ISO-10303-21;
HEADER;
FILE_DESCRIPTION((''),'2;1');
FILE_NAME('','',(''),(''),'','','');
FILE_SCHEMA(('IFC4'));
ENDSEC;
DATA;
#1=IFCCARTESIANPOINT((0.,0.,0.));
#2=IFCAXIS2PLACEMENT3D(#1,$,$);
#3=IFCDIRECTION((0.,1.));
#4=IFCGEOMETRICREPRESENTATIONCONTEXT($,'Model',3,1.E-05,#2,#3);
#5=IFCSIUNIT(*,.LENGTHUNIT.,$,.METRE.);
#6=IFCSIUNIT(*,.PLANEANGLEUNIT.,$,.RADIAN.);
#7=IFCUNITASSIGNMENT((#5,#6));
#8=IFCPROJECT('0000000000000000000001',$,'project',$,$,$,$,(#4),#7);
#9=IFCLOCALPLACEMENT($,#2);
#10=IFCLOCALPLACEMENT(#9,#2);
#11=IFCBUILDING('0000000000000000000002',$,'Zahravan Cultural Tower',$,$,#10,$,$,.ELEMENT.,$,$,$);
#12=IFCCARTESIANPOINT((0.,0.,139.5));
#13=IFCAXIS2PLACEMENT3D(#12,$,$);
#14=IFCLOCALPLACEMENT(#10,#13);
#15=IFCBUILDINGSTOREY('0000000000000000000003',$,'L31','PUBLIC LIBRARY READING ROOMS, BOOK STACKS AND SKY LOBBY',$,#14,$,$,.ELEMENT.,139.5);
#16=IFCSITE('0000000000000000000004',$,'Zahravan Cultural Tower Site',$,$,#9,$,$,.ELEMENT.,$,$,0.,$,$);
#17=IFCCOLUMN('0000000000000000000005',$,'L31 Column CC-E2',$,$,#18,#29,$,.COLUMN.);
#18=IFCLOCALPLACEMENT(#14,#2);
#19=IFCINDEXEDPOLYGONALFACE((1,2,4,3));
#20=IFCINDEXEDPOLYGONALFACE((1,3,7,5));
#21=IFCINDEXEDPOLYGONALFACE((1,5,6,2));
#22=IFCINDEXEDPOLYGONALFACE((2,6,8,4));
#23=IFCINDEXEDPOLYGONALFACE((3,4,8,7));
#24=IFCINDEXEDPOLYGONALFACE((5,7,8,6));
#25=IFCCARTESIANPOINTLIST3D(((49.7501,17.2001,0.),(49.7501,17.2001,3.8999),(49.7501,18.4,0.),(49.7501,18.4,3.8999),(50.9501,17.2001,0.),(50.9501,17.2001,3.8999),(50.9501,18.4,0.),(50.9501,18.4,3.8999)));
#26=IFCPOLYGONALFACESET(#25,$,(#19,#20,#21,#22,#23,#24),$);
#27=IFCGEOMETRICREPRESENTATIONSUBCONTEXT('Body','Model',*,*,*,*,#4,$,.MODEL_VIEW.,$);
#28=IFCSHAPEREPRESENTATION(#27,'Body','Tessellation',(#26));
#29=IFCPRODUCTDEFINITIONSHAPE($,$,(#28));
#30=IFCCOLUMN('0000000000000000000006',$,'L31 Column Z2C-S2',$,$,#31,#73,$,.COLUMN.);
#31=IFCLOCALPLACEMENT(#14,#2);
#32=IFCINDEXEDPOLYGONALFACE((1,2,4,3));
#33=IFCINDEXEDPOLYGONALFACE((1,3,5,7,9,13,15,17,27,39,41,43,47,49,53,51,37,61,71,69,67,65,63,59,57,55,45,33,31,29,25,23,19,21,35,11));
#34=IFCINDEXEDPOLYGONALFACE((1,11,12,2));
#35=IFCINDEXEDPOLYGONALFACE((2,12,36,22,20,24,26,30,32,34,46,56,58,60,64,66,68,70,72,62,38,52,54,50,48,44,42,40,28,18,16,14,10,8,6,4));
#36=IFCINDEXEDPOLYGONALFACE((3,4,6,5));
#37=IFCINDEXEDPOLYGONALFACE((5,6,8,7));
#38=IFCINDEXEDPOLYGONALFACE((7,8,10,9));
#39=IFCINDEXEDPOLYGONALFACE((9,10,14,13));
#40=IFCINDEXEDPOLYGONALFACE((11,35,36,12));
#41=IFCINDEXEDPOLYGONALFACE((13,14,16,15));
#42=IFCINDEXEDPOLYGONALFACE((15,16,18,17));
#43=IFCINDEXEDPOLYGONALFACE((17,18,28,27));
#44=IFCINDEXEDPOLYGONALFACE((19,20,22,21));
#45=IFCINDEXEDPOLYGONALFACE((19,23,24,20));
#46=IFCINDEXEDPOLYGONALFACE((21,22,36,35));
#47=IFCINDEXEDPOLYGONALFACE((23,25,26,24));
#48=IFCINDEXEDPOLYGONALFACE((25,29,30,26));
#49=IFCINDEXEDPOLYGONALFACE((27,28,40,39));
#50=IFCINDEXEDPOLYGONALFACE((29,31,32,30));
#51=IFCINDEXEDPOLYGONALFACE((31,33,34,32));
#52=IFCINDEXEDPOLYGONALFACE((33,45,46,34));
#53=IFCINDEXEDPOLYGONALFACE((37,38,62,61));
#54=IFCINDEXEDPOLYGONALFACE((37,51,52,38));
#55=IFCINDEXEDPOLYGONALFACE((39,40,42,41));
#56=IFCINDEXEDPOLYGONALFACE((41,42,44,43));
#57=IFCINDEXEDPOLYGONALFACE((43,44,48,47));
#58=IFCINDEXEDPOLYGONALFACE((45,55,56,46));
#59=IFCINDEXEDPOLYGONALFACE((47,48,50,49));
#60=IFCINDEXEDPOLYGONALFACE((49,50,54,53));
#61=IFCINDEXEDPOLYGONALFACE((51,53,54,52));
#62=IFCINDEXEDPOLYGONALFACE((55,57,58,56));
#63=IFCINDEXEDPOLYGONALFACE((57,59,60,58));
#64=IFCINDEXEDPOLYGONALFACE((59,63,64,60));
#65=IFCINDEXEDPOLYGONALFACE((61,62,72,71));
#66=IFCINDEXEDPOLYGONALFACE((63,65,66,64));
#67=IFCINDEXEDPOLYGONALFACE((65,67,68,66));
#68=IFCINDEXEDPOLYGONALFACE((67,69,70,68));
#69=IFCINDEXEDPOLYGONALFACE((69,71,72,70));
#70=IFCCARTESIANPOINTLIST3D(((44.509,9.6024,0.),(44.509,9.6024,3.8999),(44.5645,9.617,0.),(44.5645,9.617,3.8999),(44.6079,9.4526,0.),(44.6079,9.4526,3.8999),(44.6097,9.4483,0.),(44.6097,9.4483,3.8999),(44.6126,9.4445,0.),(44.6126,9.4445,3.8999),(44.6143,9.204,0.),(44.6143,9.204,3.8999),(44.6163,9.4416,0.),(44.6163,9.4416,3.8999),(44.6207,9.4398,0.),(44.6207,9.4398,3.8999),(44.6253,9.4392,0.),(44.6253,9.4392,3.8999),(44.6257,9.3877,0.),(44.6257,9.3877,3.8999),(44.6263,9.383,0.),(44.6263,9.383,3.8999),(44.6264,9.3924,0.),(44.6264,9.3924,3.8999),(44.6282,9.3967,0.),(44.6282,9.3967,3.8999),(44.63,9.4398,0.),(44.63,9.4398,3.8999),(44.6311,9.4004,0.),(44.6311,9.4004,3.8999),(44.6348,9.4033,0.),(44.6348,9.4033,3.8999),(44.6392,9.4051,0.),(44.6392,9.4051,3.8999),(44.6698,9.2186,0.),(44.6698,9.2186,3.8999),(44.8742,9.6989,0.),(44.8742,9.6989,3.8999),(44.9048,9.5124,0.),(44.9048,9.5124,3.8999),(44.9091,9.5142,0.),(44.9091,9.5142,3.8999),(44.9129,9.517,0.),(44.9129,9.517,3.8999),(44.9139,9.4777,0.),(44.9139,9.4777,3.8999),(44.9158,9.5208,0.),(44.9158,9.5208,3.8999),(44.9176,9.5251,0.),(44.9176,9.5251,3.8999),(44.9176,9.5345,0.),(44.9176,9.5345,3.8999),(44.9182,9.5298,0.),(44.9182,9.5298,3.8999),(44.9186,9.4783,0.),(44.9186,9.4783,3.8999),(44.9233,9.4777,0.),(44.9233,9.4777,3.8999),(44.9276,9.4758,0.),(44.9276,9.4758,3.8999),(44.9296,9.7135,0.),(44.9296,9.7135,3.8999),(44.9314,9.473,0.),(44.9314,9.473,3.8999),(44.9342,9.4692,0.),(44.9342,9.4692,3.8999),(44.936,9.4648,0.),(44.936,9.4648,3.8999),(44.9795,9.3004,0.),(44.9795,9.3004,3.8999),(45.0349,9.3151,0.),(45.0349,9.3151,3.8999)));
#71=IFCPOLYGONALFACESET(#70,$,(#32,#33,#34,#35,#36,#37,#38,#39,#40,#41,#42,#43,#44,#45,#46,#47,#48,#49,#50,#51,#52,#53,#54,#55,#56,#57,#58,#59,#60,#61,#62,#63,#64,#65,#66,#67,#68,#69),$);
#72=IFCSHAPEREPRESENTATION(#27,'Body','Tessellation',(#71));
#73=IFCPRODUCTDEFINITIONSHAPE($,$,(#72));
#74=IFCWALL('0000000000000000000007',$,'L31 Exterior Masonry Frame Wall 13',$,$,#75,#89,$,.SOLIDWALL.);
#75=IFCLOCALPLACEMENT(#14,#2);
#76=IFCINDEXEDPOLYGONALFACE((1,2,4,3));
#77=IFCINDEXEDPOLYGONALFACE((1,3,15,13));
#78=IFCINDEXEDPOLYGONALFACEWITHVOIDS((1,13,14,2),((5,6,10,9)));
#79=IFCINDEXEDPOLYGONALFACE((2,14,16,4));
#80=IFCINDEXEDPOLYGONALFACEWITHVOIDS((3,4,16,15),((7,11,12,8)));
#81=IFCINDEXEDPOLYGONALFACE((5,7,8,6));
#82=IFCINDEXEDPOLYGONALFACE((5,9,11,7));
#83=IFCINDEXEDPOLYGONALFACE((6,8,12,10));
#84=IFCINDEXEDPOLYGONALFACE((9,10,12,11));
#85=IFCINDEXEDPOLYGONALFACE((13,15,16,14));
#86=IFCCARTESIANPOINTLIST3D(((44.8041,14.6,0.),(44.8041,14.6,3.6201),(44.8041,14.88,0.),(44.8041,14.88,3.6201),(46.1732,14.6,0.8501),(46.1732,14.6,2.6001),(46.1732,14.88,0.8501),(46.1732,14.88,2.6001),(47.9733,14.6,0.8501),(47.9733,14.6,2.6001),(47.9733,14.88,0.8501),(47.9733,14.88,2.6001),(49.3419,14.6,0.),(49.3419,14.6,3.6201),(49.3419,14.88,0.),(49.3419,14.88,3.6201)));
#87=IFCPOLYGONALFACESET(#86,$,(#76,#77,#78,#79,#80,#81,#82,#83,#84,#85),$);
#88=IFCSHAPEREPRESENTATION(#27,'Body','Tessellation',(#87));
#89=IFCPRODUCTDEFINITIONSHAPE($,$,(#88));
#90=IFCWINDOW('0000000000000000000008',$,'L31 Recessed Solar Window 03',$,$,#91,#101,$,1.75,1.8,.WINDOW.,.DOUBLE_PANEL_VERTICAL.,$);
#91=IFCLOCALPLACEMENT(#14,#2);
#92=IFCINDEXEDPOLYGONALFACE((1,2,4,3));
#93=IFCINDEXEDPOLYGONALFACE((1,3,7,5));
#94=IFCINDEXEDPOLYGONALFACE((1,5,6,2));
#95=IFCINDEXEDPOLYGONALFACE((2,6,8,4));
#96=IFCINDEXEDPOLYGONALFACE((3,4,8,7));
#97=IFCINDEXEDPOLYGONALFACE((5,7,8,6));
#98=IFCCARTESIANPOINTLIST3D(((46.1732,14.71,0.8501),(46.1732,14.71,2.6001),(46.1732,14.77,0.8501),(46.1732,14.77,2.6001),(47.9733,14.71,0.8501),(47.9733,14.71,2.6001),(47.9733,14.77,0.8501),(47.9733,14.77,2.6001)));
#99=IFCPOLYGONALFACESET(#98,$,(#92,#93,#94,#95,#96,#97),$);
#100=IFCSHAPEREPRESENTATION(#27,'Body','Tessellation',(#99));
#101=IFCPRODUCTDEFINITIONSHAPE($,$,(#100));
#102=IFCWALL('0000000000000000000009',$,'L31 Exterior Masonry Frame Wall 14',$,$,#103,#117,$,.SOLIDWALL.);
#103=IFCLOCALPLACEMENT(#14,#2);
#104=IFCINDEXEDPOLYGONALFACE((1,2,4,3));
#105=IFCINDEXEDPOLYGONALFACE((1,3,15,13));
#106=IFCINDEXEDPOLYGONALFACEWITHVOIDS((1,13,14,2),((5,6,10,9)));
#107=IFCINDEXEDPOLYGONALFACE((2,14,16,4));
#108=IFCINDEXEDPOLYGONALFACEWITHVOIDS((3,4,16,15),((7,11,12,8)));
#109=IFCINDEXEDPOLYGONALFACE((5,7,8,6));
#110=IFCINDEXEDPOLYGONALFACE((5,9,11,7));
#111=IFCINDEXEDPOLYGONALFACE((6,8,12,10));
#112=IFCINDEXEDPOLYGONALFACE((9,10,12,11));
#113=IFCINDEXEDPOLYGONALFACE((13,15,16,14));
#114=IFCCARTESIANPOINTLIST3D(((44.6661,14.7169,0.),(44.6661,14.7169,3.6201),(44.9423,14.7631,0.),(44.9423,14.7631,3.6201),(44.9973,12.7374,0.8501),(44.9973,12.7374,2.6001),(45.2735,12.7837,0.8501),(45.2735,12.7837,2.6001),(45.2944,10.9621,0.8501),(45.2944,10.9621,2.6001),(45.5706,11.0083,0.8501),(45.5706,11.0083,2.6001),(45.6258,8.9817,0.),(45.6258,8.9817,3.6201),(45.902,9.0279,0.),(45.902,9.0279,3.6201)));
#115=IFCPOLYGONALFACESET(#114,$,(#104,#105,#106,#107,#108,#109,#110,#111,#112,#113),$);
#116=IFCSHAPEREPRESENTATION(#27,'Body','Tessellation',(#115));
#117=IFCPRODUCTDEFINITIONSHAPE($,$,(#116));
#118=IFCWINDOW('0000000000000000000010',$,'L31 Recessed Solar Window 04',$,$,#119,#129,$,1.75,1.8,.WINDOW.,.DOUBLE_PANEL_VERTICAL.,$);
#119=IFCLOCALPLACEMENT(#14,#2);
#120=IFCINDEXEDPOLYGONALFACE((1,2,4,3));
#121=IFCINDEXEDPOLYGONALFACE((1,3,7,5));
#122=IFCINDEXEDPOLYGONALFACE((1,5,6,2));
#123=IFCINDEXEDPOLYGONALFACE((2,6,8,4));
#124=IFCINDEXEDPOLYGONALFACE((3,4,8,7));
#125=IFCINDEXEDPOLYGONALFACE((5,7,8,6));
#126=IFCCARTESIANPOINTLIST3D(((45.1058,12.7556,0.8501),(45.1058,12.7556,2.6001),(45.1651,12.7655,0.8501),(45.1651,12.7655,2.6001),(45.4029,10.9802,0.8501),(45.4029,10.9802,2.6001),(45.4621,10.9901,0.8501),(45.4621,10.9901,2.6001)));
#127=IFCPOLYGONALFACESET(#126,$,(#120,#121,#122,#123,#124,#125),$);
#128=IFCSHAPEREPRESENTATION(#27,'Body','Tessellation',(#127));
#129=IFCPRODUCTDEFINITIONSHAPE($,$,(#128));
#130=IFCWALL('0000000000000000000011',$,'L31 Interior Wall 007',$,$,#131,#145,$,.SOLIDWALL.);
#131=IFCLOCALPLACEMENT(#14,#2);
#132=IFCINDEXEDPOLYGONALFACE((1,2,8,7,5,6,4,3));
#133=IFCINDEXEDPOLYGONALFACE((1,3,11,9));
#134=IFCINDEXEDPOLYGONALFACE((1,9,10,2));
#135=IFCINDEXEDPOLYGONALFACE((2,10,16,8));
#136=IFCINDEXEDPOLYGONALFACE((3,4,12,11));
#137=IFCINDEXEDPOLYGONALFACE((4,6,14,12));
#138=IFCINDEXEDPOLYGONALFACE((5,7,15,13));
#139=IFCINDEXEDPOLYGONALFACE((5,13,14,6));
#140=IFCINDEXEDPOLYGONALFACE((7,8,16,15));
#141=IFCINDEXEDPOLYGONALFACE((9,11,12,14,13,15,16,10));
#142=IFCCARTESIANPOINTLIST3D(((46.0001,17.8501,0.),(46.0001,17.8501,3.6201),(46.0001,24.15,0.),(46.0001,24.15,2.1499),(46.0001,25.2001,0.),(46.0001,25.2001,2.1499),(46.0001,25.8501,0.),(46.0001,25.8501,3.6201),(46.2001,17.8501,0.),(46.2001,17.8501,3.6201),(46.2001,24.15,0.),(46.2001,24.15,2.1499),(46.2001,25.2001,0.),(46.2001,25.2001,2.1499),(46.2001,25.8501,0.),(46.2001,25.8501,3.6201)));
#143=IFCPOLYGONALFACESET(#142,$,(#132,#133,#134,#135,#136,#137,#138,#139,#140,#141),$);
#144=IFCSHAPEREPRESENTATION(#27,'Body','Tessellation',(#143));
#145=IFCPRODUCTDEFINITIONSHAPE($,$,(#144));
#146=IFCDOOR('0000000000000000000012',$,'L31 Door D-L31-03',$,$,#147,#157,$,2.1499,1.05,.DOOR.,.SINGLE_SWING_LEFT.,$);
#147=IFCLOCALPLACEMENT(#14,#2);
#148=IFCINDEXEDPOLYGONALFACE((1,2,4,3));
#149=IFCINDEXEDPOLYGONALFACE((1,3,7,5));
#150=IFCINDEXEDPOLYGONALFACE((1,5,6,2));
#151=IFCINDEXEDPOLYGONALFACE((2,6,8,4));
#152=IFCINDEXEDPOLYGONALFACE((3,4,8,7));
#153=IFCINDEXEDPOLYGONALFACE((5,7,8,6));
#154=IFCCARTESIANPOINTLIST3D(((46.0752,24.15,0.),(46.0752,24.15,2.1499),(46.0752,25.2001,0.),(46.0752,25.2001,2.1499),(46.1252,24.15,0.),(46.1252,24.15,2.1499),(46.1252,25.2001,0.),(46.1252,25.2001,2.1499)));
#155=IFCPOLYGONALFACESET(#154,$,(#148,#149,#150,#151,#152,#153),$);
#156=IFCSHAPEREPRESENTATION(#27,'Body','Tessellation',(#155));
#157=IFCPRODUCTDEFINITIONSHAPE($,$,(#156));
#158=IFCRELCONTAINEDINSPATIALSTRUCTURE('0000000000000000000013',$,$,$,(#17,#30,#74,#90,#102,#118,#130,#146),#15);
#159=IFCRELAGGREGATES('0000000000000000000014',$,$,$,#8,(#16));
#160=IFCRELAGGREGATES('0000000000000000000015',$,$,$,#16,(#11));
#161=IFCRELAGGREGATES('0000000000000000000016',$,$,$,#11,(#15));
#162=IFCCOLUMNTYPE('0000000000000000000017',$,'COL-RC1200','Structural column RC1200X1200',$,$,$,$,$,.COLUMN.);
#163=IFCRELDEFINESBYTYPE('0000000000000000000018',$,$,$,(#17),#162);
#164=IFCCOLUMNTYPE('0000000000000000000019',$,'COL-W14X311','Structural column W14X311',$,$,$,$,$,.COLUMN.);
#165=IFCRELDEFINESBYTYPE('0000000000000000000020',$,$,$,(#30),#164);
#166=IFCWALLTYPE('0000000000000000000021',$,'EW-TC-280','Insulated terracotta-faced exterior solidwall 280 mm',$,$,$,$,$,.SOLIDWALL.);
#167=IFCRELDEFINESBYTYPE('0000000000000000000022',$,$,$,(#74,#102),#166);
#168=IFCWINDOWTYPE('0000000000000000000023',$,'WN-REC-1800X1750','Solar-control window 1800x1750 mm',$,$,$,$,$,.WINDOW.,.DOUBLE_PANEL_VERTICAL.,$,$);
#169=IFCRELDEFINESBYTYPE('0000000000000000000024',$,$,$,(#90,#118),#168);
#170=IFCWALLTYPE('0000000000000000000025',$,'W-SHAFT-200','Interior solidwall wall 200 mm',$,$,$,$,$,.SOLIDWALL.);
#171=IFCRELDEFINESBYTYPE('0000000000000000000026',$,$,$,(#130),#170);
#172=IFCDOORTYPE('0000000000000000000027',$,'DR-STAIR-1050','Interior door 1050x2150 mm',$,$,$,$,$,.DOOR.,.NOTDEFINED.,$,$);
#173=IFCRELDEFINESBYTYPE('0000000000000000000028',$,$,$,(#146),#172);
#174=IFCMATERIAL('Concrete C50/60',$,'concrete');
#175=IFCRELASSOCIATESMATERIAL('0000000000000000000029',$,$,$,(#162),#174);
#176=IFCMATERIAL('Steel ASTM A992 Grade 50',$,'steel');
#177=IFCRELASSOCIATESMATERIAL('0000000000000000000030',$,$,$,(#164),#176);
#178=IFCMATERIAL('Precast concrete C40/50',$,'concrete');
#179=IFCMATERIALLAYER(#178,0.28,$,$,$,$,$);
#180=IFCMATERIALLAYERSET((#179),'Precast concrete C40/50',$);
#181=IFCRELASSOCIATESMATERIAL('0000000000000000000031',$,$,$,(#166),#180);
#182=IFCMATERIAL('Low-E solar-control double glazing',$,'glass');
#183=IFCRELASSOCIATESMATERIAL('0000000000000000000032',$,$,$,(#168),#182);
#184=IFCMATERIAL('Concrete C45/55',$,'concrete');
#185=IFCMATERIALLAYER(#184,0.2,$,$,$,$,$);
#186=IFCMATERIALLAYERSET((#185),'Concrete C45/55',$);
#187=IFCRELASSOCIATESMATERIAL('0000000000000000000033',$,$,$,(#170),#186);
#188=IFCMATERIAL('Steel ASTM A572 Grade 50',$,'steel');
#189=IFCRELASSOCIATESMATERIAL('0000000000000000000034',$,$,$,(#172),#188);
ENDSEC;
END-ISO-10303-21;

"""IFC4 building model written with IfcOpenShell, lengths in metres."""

from ifc_helpers import new_model, si_unit, direction, frame, frame_2d, origin, origin_2d, place, context, subcontext, project, spatial, rectangle, i_section, extrude, source, transform, mapped, material, layer, layer_set, material_profile, profile_set, type_object, element, fill, save


model = new_model("IFC4")

# Units and contexts
model_context = context("Model", 3, precision=1e-05, world=origin(), true_north=direction((0.0, 1.0)))
body_context = subcontext(model_context, "Body", "Model", "MODEL_VIEW")
ifc_project = project(units=[si_unit("LENGTHUNIT", "METRE"), si_unit("PLANEANGLEUNIT", "RADIAN")], contexts=[model_context])

# Site, building, storey
site_placement = place(None, origin())
site = spatial("IfcSite", under=ifc_project, at=site_placement, Name="Zahravan Cultural Tower Site", CompositionType="ELEMENT", RefElevation=0.0)
building_placement = place(site_placement, origin())
building = spatial("IfcBuilding", under=site, at=building_placement, Name="Zahravan Cultural Tower", CompositionType="ELEMENT")
storey_placement = place(building_placement, frame((0.0, 0.0, 139.5)))
storey = spatial("IfcBuildingStorey", under=building, at=storey_placement, Name="L31", Description="PUBLIC LIBRARY READING ROOMS, BOOK STACKS AND SKY LOBBY", CompositionType="ELEMENT", Elevation=139.5)

# Columns
ifc_material_1 = material(Name="Concrete C50/60", Category="concrete")
ifc_material_profile_1 = material_profile(ifc_material_1, rectangle(XDim=1.2, YDim=1.2, at=origin_2d()), Name="RC1200X1200")
ifc_profile_set_1 = profile_set([ifc_material_profile_1], Name="Concrete C50/60")
column_type_1 = type_object("IfcColumnType", Name="COL-RC1200", Description="Structural column RC1200X1200", PredefinedType="COLUMN", material=ifc_profile_set_1)
shared_shape_1 = source(origin(), body_context, "Body", "SweptSolid", [
    extrude(rectangle(XDim=1.2, YDim=1.2, at=origin_2d()), origin(), (0.0, 0.0, 1.0), 3.8999),
])
column_1_placement = place(storey_placement, frame((50.3501, 17.8, 0.0), z_axis=(0.0, 0.0, 1.0), x_axis=(1.0, 0.0, 0.0)))
element("IfcColumn", 1, at=column_1_placement, inside=storey, type_object=column_type_1, Name="L31 Column CC-E2", PredefinedType="COLUMN", context=body_context, shape_type="MappedRepresentation", body=[
    mapped(shared_shape_1, transform((0.0, 0.0, 0.0), x_axis=(1.0, 0.0, 0.0), y_axis=(0.0, 1.0, 0.0), z_axis=(0.0, 0.0, 1.0), scale=1.0)),
])
ifc_material_2 = material(Name="Steel ASTM A992 Grade 50", Category="steel")
ifc_material_profile_2 = material_profile(ifc_material_2, i_section(OverallWidth=0.4121, OverallDepth=0.4351, WebThickness=0.0359, FlangeThickness=0.0574, FilletRadius=0.0181, at=origin_2d()), Name="W14X311")
ifc_profile_set_2 = profile_set([ifc_material_profile_2], Name="Steel ASTM A992 Grade 50")
column_type_2 = type_object("IfcColumnType", Name="COL-W14X311", Description="Structural column W14X311", PredefinedType="COLUMN", material=ifc_profile_set_2)
shared_shape_2 = source(origin(), body_context, "Body", "SweptSolid", [
    extrude(i_section(OverallWidth=0.4121, OverallDepth=0.4351, WebThickness=0.0359, FlangeThickness=0.0574, FilletRadius=0.0181, at=origin_2d()), origin(), (0.0, 0.0, 1.0), 3.8999),
])
column_2_placement = place(storey_placement, frame((44.772, 9.4587, 0.0), z_axis=(0.0, 0.0, 1.0), x_axis=(-0.255446, 0.966823, 0.0)))
element("IfcColumn", 2, at=column_2_placement, inside=storey, type_object=column_type_2, Name="L31 Column Z2C-S2", PredefinedType="COLUMN", context=body_context, shape_type="MappedRepresentation", body=[
    mapped(shared_shape_2, transform((0.0, 0.0, 0.0), x_axis=(1.0, 0.0, 0.0), y_axis=(0.0, 1.0, 0.0), z_axis=(0.0, 0.0, 1.0), scale=1.0)),
])

# Walls, openings, windows
ifc_material_3 = material(Name="Precast concrete C40/50", Category="concrete")
ifc_layer_1 = layer(ifc_material_3, 0.28)
ifc_layer_set_1 = layer_set([ifc_layer_1], Name="Precast concrete C40/50")
wall_type_1 = type_object("IfcWallType", Name="EW-TC-280", Description="Insulated terracotta-faced exterior solidwall 280 mm", PredefinedType="SOLIDWALL", material=ifc_layer_set_1)
wall_1_placement = place(storey_placement, frame((49.342, 14.74, 0.0), z_axis=(0.0, 0.0, 1.0), x_axis=(-1.0, 0.0, 0.0)))
wall_1 = element("IfcWall", 3, at=wall_1_placement, inside=storey, type_object=wall_type_1, Name="L31 Exterior Masonry Frame Wall 13", PredefinedType="SOLIDWALL", context=body_context, shape_type="SweptSolid", body=[
    extrude(rectangle(XDim=4.5378, YDim=0.28, at=frame_2d((2.269, 0.0))), origin(), (0.0, 0.0, 1.0), 3.6201),
])
opening_1_placement = place(wall_1_placement, frame((1.3689, 0.0, 0.8501)))
opening_1 = element("IfcOpeningElement", 4, at=opening_1_placement, cuts=wall_1, PredefinedType="OPENING", context=body_context, shape_type="SweptSolid", body=[
    extrude(rectangle(XDim=1.8, YDim=1.75, at=frame_2d((0.8999, 0.875))), frame((0.0, 0.1499, 0.0), z_axis=(0.0, -1.0, 0.0), x_axis=(1.0, 0.0, 0.0)), (0.0, 0.0, 1.0), 0.3),
])
ifc_material_4 = material(Name="Low-E solar-control double glazing", Category="glass")
window_type = type_object("IfcWindowType", Name="WN-REC-1800X1750", Description="Solar-control window 1800x1750 mm", PartitioningType="DOUBLE_PANEL_VERTICAL", PredefinedType="WINDOW", material=ifc_material_4)
shared_shape_3 = source(origin(), body_context, "Body", "SweptSolid", [
    extrude(rectangle(XDim=1.8, YDim=1.75, at=frame_2d((0.8999, 0.875))), frame((0.0, 0.03, 0.0), z_axis=(0.0, -1.0, 0.0), x_axis=(1.0, 0.0, 0.0)), (0.0, 0.0, 1.0), 0.0601),
])
window_1_placement = place(opening_1_placement, origin())
window_1 = element("IfcWindow", 5, at=window_1_placement, inside=storey, type_object=window_type, Name="L31 Recessed Solar Window 03", OverallHeight=1.75, OverallWidth=1.8, PartitioningType="DOUBLE_PANEL_VERTICAL", PredefinedType="WINDOW", context=body_context, shape_type="MappedRepresentation", body=[
    mapped(shared_shape_3, transform((0.0, 0.0, 0.0), x_axis=(1.0, 0.0, 0.0), y_axis=(0.0, 1.0, 0.0), z_axis=(0.0, 0.0, 1.0), scale=1.0)),
])
fill(opening_1, window_1)
wall_2_placement = place(storey_placement, frame((44.8042, 14.74, 0.0), z_axis=(0.0, 0.0, 1.0), x_axis=(0.165046, -0.986286, 0.0)))
wall_2 = element("IfcWall", 6, at=wall_2_placement, inside=storey, type_object=wall_type_1, Name="L31 Exterior Masonry Frame Wall 14", PredefinedType="SOLIDWALL", context=body_context, shape_type="SweptSolid", body=[
    extrude(rectangle(XDim=5.8149, YDim=0.28, at=frame_2d((2.9075, 0.0))), origin(), (0.0, 0.0, 1.0), 3.6201),
])
opening_2_placement = place(wall_2_placement, frame((2.0071, 0.0, 0.8501)))
opening_2 = element("IfcOpeningElement", 7, at=opening_2_placement, cuts=wall_2, PredefinedType="OPENING", context=body_context, shape_type="SweptSolid", body=[
    extrude(rectangle(XDim=1.8, YDim=1.75, at=frame_2d((0.8999, 0.875))), frame((0.0, 0.1499, 0.0), z_axis=(0.0, -1.0, 0.0), x_axis=(1.0, 0.0, 0.0)), (0.0, 0.0, 1.0), 0.3),
])
window_2_placement = place(opening_2_placement, origin())
window_2 = element("IfcWindow", 8, at=window_2_placement, inside=storey, type_object=window_type, Name="L31 Recessed Solar Window 04", OverallHeight=1.75, OverallWidth=1.8, PartitioningType="DOUBLE_PANEL_VERTICAL", PredefinedType="WINDOW", context=body_context, shape_type="MappedRepresentation", body=[
    mapped(shared_shape_3, transform((0.0, 0.0, 0.0), x_axis=(1.0, 0.0, 0.0), y_axis=(0.0, 1.0, 0.0), z_axis=(0.0, 0.0, 1.0), scale=1.0)),
])
fill(opening_2, window_2)

# Wall, opening, door
ifc_material_5 = material(Name="Concrete C45/55", Category="concrete")
ifc_layer_2 = layer(ifc_material_5, 0.2)
ifc_layer_set_2 = layer_set([ifc_layer_2], Name="Concrete C45/55")
wall_type_2 = type_object("IfcWallType", Name="W-SHAFT-200", Description="Interior solidwall wall 200 mm", PredefinedType="SOLIDWALL", material=ifc_layer_set_2)
wall_3_placement = place(storey_placement, frame((46.1001, 17.8501, 0.0), z_axis=(0.0, 0.0, 1.0), x_axis=(0.0, 1.0, 0.0)))
wall_3 = element("IfcWall", 9, at=wall_3_placement, inside=storey, type_object=wall_type_2, Name="L31 Interior Wall 007", PredefinedType="SOLIDWALL", context=body_context, shape_type="SweptSolid", body=[
    extrude(rectangle(XDim=8.0, YDim=0.2, at=frame_2d((4.0, 0.0))), origin(), (0.0, 0.0, 1.0), 3.6201),
])
opening_3_placement = place(wall_3_placement, frame((6.3, 0.0, 0.0)))
opening_3 = element("IfcOpeningElement", 10, at=opening_3_placement, cuts=wall_3, PredefinedType="OPENING", context=body_context, shape_type="SweptSolid", body=[
    extrude(rectangle(XDim=1.05, YDim=2.1499, at=frame_2d((0.5249, 1.075))), frame((0.0, 0.1099, 0.0), z_axis=(0.0, -1.0, 0.0), x_axis=(1.0, 0.0, 0.0)), (0.0, 0.0, 1.0), 0.22),
])
ifc_material_6 = material(Name="Steel ASTM A572 Grade 50", Category="steel")
door_type = type_object("IfcDoorType", Name="DR-STAIR-1050", Description="Interior door 1050x2150 mm", OperationType="NOTDEFINED", PredefinedType="DOOR", material=ifc_material_6)
shared_shape_4 = source(origin(), body_context, "Body", "SweptSolid", [
    extrude(rectangle(XDim=1.05, YDim=2.1499, at=frame_2d((0.5249, 1.075))), frame((0.0, 0.0249, 0.0), z_axis=(0.0, -1.0, 0.0), x_axis=(1.0, 0.0, 0.0)), (0.0, 0.0, 1.0), 0.05),
])
door_placement = place(opening_3_placement, origin())
door = element("IfcDoor", 11, at=door_placement, inside=storey, type_object=door_type, Name="L31 Door D-L31-03", OperationType="SINGLE_SWING_LEFT", OverallHeight=2.1499, OverallWidth=1.05, PredefinedType="DOOR", context=body_context, shape_type="MappedRepresentation", body=[
    mapped(shared_shape_4, transform((0.0, 0.0, 0.0), x_axis=(1.0, 0.0, 0.0), y_axis=(0.0, 1.0, 0.0), z_axis=(0.0, 0.0, 1.0), scale=1.0)),
])
fill(opening_3, door)

save(model, "model.ifc")
